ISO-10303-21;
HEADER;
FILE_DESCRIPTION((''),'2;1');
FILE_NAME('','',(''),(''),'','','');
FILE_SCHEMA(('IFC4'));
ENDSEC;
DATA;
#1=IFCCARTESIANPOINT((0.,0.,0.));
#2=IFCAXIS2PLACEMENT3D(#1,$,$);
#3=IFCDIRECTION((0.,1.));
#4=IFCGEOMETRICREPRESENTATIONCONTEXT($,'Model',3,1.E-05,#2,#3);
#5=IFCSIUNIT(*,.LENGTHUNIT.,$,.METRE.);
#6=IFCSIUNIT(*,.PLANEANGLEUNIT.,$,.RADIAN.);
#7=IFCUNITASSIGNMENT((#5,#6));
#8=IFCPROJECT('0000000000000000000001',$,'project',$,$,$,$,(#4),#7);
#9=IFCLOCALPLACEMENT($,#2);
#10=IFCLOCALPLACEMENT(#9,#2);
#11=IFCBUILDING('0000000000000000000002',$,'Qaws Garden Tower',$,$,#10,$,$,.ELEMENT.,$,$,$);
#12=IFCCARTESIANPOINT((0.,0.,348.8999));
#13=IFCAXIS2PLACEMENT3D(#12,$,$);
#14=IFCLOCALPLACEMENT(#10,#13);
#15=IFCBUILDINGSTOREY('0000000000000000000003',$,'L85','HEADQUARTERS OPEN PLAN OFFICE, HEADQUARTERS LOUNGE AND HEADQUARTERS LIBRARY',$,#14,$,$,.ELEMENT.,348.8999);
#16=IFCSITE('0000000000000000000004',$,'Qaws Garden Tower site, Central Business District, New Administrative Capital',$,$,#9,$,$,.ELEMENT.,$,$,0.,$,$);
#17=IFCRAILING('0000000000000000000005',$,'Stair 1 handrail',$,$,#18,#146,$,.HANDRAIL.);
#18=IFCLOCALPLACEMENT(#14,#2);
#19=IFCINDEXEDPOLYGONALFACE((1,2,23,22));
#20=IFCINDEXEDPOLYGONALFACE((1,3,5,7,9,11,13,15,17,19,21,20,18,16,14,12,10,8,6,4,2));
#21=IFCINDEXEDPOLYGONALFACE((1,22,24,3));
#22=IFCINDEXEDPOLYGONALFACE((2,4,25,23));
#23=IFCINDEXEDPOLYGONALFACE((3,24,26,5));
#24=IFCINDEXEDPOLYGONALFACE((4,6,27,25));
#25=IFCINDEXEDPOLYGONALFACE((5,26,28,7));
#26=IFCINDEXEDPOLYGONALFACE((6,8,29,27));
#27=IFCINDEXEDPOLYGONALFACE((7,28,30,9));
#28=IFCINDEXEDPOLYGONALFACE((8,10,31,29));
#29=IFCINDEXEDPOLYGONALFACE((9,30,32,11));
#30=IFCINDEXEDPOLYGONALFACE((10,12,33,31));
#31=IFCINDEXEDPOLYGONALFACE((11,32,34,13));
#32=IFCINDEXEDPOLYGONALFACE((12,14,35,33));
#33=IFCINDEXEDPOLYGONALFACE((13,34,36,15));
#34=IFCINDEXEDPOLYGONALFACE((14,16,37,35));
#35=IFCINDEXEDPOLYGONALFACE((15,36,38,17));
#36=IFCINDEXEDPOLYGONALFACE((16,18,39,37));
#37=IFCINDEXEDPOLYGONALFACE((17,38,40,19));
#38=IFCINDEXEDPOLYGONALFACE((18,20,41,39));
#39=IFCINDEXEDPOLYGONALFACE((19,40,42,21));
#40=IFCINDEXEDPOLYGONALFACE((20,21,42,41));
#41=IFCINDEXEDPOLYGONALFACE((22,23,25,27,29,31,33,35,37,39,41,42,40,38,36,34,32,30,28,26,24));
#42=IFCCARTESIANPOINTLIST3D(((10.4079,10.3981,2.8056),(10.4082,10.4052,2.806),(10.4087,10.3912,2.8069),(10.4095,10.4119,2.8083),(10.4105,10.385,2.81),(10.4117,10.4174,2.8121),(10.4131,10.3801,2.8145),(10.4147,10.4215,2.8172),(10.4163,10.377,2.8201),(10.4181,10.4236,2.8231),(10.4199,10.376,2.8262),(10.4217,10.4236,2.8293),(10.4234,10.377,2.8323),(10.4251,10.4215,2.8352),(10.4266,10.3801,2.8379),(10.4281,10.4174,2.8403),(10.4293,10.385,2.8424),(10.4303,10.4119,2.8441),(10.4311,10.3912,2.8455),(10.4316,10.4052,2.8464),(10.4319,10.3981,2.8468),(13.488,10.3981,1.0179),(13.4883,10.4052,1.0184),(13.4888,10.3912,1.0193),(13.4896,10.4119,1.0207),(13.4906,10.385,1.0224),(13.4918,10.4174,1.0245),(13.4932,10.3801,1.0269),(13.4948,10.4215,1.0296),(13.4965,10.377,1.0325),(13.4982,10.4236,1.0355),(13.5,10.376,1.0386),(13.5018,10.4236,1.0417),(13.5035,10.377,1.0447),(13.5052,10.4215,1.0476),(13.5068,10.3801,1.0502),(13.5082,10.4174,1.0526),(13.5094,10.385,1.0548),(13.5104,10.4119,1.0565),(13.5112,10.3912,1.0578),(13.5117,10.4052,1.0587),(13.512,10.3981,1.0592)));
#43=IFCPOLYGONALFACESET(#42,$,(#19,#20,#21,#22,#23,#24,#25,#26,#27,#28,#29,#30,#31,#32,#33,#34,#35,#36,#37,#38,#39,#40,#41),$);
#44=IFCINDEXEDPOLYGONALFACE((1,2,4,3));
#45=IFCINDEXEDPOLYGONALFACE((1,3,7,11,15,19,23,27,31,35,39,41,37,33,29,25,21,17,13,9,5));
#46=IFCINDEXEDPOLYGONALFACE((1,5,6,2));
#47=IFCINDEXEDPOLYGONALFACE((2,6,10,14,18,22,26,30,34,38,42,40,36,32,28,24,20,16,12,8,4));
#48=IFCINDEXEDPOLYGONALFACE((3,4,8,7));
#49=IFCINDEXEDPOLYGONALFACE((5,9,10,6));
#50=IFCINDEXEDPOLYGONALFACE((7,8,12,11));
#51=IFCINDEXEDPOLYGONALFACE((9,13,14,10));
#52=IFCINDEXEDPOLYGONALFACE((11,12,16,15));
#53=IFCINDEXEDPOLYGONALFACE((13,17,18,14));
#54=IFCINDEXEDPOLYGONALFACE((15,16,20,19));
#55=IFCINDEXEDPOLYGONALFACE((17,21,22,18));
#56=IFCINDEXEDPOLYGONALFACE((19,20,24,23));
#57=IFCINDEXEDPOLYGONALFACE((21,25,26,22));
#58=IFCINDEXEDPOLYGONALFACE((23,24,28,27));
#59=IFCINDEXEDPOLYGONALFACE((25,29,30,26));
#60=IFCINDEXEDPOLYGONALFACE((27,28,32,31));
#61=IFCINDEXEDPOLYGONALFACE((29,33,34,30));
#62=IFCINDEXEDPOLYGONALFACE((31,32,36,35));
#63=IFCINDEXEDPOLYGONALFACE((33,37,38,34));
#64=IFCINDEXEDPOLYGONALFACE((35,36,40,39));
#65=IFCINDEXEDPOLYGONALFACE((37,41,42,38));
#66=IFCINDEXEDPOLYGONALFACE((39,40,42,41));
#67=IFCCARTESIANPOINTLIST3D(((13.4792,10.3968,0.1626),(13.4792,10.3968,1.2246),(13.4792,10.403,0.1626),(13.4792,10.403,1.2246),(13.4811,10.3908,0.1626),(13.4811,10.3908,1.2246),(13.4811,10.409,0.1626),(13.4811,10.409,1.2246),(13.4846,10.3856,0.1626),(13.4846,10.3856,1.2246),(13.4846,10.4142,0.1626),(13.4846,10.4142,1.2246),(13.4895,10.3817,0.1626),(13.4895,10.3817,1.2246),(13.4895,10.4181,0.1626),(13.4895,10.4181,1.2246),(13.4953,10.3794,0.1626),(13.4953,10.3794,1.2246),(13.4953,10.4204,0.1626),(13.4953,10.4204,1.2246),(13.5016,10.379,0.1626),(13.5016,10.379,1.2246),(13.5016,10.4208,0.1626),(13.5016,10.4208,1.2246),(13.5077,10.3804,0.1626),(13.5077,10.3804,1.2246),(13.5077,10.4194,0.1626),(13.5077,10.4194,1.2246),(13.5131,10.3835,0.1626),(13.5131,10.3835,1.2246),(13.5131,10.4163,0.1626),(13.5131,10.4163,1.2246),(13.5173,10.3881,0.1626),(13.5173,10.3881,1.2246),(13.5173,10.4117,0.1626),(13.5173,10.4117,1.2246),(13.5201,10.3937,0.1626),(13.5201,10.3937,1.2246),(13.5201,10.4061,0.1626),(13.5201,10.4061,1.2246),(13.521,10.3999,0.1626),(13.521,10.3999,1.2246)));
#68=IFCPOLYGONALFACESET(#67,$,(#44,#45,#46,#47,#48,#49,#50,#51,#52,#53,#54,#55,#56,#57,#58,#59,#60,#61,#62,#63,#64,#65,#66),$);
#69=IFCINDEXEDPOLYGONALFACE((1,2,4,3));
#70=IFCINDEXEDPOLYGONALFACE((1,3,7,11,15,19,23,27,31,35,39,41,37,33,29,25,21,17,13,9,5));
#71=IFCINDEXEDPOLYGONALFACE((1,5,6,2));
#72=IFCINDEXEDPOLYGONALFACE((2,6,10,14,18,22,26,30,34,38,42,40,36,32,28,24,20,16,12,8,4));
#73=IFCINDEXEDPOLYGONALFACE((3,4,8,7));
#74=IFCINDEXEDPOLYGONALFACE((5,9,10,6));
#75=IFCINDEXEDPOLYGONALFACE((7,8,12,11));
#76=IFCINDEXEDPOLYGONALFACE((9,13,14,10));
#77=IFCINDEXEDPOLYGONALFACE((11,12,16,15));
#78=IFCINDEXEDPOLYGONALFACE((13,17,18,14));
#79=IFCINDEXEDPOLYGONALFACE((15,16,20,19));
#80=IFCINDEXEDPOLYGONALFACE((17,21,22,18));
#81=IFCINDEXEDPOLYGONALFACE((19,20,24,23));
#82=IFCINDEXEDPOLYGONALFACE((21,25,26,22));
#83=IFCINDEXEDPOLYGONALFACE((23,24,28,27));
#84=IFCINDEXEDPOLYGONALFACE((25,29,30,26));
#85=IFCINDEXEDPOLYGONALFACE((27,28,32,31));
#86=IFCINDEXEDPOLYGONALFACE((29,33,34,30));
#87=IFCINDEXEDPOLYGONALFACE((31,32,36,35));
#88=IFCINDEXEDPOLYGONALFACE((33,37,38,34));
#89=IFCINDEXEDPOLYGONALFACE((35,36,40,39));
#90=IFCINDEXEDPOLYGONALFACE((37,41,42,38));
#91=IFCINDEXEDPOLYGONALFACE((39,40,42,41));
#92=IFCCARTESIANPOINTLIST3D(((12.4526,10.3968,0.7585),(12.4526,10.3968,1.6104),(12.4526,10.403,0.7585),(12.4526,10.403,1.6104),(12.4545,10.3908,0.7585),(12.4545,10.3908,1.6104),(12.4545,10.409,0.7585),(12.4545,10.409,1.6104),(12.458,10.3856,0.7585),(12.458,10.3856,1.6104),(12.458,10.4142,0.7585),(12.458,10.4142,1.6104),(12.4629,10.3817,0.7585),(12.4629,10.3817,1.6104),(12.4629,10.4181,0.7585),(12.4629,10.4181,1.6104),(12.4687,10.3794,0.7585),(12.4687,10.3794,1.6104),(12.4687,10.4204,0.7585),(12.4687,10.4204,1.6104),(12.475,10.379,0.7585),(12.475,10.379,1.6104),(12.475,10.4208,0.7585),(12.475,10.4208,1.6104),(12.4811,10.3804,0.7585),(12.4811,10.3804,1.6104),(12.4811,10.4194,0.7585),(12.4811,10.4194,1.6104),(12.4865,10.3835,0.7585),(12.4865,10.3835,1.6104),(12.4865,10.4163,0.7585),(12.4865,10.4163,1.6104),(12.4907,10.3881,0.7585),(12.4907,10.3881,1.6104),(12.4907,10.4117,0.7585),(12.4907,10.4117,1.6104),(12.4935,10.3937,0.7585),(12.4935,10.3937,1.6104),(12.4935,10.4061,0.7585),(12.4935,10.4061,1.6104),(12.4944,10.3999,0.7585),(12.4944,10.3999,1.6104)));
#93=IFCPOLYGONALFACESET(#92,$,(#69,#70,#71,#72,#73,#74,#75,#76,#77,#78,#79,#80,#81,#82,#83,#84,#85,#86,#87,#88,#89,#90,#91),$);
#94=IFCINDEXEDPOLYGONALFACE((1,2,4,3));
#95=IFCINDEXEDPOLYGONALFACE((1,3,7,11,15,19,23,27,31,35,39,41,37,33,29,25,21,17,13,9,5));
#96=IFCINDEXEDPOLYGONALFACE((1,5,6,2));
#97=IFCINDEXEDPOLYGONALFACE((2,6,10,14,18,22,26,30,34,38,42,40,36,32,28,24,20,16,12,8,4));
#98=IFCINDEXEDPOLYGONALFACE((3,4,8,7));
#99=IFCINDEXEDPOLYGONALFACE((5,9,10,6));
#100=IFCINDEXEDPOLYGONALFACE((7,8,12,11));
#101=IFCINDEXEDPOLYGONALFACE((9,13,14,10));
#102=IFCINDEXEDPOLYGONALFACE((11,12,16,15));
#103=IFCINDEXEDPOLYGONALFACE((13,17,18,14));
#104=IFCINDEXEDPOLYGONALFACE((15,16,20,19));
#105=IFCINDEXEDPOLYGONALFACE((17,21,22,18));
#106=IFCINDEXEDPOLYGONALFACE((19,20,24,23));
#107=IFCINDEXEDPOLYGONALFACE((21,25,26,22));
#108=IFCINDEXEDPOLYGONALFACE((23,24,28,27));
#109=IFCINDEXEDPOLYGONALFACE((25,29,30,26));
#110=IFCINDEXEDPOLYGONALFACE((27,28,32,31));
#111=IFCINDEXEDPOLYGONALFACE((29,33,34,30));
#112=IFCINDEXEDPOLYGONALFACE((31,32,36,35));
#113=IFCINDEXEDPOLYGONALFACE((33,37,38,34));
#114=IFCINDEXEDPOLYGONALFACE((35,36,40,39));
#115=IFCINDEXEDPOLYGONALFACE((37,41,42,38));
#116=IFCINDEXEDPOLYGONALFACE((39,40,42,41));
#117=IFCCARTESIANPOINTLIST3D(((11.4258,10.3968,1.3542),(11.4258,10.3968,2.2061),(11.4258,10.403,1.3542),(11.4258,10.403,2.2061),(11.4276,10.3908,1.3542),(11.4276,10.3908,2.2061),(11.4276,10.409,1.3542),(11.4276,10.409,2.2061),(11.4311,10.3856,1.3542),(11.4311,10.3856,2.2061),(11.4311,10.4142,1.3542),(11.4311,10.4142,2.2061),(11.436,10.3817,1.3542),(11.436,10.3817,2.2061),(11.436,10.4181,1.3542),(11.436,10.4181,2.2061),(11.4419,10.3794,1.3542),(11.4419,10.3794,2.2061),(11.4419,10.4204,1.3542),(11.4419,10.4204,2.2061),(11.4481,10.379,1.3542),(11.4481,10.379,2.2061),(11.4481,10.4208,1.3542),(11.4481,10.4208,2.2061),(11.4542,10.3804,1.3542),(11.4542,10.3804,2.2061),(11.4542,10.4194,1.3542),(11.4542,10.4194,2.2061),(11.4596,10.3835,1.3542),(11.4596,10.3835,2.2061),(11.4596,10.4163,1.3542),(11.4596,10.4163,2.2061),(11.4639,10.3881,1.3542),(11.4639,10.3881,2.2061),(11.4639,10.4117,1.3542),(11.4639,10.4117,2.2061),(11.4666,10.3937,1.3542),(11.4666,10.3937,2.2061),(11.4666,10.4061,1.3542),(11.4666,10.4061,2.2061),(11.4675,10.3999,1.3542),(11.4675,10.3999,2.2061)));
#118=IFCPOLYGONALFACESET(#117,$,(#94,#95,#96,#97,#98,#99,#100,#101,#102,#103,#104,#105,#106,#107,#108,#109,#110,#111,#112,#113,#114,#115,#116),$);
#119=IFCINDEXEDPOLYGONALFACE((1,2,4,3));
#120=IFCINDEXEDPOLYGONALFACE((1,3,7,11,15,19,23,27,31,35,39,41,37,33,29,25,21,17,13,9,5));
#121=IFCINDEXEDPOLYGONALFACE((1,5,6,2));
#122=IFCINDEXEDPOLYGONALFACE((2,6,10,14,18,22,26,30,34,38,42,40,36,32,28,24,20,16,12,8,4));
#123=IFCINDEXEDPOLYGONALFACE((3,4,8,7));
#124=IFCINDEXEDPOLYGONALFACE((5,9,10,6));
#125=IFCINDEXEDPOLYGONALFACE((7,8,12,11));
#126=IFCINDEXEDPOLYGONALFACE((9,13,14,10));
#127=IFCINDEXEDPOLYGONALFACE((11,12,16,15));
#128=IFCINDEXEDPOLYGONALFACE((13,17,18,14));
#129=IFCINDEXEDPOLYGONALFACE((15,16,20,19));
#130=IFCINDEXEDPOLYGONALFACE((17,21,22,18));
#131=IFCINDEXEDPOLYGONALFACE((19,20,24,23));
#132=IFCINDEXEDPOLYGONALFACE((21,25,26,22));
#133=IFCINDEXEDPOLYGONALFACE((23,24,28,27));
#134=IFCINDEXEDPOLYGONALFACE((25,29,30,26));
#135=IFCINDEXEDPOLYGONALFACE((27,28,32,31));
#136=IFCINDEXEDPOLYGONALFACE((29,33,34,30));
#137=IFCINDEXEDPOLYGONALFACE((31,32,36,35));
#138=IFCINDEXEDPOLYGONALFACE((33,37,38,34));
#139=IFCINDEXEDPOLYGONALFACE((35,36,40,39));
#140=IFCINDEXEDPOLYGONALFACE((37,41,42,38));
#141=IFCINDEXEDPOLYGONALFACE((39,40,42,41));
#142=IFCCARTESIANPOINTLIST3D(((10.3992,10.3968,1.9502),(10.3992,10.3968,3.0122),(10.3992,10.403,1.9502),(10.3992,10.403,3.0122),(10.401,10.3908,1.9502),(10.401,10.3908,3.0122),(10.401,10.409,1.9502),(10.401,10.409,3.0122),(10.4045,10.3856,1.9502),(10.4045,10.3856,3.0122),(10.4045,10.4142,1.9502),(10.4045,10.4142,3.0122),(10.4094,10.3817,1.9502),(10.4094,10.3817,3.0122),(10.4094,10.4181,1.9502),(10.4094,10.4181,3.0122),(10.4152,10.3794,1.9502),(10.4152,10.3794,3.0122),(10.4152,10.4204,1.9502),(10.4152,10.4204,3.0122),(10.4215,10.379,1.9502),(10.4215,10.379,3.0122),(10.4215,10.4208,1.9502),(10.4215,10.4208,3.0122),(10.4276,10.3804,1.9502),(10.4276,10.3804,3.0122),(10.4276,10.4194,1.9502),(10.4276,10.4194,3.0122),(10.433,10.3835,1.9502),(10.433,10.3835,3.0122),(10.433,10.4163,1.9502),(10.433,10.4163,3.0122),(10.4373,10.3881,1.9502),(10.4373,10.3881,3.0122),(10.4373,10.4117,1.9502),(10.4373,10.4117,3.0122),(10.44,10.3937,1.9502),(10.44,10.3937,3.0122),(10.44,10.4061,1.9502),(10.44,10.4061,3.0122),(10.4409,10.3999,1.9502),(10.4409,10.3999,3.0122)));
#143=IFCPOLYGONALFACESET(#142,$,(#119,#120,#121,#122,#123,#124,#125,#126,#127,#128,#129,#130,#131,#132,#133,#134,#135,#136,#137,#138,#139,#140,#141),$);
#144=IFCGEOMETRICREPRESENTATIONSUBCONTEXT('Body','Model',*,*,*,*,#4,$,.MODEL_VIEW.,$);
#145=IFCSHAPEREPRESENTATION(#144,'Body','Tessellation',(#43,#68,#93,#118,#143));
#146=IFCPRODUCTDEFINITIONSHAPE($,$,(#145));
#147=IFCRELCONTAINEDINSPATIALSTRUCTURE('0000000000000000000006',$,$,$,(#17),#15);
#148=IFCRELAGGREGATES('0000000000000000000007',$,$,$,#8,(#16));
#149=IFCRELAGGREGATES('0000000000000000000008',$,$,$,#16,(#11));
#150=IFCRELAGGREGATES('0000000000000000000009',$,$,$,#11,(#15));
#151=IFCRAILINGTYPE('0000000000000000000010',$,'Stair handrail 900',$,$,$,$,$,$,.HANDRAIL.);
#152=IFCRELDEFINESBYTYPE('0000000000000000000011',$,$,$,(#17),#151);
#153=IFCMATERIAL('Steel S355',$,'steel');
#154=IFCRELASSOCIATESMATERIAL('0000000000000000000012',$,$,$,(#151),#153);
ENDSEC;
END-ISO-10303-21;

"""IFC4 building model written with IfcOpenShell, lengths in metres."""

from ifc_helpers import new_model, si_unit, direction, frame, origin, origin_2d, place, context, subcontext, project, spatial, circle, extrude, material, type_object, element, save


model = new_model("IFC4")

# Units and contexts
model_context = context("Model", 3, precision=1e-05, world=origin(), true_north=direction((0.0, 1.0)))
body_context = subcontext(model_context, "Body", "Model", "MODEL_VIEW")
ifc_project = project(units=[si_unit("LENGTHUNIT", "METRE"), si_unit("PLANEANGLEUNIT", "RADIAN")], contexts=[model_context])

# Site, building, storey
site_placement = place(None, origin())
site = spatial("IfcSite", under=ifc_project, at=site_placement, Name="Qaws Garden Tower site, Central Business District, New Administrative Capital", CompositionType="ELEMENT", RefElevation=0.0)
building_placement = place(site_placement, origin())
building = spatial("IfcBuilding", under=site, at=building_placement, Name="Qaws Garden Tower", CompositionType="ELEMENT")
storey_placement = place(building_placement, frame((0.0, 0.0, 348.8999)))
storey = spatial("IfcBuildingStorey", under=building, at=storey_placement, Name="L85", Description="HEADQUARTERS OPEN PLAN OFFICE, HEADQUARTERS LOUNGE AND HEADQUARTERS LIBRARY", CompositionType="ELEMENT", Elevation=348.8999)

# Railing
ifc_material_1 = material(Name="Steel S355", Category="steel")
railing_type = type_object("IfcRailingType", Name="Stair handrail 900", PredefinedType="HANDRAIL", material=ifc_material_1)
railing_placement = place(storey_placement, frame((13.5, 10.3999, 0.1626)))
element("IfcRailing", 1, at=railing_placement, inside=storey, type_object=railing_type, Name="Stair 1 handrail", PredefinedType="HANDRAIL", context=body_context, shape_type="SweptSolid", body=[
    extrude(circle(Radius=0.0239, at=origin_2d()), frame((0.0, 0.0, 0.876), z_axis=(-0.864891, 0.0, 0.50196), x_axis=(0.0, -1.0, 0.0)), (0.0, 0.0, 1.0), 3.5613),
    extrude(circle(Radius=0.021, at=origin_2d()), origin(), (0.0, 0.0, 1.0), 1.062),
    extrude(circle(Radius=0.021, at=origin_2d()), frame((-1.0266, 0.0, 0.5959)), (0.0, 0.0, 1.0), 0.8518),
    extrude(circle(Radius=0.021, at=origin_2d()), frame((-2.0535, 0.0, 1.1917)), (0.0, 0.0, 1.0), 0.8518),
    extrude(circle(Radius=0.021, at=origin_2d()), frame((-3.0801, 0.0, 1.7876)), (0.0, 0.0, 1.0), 1.062),
])

save(model, "model.ifc")
